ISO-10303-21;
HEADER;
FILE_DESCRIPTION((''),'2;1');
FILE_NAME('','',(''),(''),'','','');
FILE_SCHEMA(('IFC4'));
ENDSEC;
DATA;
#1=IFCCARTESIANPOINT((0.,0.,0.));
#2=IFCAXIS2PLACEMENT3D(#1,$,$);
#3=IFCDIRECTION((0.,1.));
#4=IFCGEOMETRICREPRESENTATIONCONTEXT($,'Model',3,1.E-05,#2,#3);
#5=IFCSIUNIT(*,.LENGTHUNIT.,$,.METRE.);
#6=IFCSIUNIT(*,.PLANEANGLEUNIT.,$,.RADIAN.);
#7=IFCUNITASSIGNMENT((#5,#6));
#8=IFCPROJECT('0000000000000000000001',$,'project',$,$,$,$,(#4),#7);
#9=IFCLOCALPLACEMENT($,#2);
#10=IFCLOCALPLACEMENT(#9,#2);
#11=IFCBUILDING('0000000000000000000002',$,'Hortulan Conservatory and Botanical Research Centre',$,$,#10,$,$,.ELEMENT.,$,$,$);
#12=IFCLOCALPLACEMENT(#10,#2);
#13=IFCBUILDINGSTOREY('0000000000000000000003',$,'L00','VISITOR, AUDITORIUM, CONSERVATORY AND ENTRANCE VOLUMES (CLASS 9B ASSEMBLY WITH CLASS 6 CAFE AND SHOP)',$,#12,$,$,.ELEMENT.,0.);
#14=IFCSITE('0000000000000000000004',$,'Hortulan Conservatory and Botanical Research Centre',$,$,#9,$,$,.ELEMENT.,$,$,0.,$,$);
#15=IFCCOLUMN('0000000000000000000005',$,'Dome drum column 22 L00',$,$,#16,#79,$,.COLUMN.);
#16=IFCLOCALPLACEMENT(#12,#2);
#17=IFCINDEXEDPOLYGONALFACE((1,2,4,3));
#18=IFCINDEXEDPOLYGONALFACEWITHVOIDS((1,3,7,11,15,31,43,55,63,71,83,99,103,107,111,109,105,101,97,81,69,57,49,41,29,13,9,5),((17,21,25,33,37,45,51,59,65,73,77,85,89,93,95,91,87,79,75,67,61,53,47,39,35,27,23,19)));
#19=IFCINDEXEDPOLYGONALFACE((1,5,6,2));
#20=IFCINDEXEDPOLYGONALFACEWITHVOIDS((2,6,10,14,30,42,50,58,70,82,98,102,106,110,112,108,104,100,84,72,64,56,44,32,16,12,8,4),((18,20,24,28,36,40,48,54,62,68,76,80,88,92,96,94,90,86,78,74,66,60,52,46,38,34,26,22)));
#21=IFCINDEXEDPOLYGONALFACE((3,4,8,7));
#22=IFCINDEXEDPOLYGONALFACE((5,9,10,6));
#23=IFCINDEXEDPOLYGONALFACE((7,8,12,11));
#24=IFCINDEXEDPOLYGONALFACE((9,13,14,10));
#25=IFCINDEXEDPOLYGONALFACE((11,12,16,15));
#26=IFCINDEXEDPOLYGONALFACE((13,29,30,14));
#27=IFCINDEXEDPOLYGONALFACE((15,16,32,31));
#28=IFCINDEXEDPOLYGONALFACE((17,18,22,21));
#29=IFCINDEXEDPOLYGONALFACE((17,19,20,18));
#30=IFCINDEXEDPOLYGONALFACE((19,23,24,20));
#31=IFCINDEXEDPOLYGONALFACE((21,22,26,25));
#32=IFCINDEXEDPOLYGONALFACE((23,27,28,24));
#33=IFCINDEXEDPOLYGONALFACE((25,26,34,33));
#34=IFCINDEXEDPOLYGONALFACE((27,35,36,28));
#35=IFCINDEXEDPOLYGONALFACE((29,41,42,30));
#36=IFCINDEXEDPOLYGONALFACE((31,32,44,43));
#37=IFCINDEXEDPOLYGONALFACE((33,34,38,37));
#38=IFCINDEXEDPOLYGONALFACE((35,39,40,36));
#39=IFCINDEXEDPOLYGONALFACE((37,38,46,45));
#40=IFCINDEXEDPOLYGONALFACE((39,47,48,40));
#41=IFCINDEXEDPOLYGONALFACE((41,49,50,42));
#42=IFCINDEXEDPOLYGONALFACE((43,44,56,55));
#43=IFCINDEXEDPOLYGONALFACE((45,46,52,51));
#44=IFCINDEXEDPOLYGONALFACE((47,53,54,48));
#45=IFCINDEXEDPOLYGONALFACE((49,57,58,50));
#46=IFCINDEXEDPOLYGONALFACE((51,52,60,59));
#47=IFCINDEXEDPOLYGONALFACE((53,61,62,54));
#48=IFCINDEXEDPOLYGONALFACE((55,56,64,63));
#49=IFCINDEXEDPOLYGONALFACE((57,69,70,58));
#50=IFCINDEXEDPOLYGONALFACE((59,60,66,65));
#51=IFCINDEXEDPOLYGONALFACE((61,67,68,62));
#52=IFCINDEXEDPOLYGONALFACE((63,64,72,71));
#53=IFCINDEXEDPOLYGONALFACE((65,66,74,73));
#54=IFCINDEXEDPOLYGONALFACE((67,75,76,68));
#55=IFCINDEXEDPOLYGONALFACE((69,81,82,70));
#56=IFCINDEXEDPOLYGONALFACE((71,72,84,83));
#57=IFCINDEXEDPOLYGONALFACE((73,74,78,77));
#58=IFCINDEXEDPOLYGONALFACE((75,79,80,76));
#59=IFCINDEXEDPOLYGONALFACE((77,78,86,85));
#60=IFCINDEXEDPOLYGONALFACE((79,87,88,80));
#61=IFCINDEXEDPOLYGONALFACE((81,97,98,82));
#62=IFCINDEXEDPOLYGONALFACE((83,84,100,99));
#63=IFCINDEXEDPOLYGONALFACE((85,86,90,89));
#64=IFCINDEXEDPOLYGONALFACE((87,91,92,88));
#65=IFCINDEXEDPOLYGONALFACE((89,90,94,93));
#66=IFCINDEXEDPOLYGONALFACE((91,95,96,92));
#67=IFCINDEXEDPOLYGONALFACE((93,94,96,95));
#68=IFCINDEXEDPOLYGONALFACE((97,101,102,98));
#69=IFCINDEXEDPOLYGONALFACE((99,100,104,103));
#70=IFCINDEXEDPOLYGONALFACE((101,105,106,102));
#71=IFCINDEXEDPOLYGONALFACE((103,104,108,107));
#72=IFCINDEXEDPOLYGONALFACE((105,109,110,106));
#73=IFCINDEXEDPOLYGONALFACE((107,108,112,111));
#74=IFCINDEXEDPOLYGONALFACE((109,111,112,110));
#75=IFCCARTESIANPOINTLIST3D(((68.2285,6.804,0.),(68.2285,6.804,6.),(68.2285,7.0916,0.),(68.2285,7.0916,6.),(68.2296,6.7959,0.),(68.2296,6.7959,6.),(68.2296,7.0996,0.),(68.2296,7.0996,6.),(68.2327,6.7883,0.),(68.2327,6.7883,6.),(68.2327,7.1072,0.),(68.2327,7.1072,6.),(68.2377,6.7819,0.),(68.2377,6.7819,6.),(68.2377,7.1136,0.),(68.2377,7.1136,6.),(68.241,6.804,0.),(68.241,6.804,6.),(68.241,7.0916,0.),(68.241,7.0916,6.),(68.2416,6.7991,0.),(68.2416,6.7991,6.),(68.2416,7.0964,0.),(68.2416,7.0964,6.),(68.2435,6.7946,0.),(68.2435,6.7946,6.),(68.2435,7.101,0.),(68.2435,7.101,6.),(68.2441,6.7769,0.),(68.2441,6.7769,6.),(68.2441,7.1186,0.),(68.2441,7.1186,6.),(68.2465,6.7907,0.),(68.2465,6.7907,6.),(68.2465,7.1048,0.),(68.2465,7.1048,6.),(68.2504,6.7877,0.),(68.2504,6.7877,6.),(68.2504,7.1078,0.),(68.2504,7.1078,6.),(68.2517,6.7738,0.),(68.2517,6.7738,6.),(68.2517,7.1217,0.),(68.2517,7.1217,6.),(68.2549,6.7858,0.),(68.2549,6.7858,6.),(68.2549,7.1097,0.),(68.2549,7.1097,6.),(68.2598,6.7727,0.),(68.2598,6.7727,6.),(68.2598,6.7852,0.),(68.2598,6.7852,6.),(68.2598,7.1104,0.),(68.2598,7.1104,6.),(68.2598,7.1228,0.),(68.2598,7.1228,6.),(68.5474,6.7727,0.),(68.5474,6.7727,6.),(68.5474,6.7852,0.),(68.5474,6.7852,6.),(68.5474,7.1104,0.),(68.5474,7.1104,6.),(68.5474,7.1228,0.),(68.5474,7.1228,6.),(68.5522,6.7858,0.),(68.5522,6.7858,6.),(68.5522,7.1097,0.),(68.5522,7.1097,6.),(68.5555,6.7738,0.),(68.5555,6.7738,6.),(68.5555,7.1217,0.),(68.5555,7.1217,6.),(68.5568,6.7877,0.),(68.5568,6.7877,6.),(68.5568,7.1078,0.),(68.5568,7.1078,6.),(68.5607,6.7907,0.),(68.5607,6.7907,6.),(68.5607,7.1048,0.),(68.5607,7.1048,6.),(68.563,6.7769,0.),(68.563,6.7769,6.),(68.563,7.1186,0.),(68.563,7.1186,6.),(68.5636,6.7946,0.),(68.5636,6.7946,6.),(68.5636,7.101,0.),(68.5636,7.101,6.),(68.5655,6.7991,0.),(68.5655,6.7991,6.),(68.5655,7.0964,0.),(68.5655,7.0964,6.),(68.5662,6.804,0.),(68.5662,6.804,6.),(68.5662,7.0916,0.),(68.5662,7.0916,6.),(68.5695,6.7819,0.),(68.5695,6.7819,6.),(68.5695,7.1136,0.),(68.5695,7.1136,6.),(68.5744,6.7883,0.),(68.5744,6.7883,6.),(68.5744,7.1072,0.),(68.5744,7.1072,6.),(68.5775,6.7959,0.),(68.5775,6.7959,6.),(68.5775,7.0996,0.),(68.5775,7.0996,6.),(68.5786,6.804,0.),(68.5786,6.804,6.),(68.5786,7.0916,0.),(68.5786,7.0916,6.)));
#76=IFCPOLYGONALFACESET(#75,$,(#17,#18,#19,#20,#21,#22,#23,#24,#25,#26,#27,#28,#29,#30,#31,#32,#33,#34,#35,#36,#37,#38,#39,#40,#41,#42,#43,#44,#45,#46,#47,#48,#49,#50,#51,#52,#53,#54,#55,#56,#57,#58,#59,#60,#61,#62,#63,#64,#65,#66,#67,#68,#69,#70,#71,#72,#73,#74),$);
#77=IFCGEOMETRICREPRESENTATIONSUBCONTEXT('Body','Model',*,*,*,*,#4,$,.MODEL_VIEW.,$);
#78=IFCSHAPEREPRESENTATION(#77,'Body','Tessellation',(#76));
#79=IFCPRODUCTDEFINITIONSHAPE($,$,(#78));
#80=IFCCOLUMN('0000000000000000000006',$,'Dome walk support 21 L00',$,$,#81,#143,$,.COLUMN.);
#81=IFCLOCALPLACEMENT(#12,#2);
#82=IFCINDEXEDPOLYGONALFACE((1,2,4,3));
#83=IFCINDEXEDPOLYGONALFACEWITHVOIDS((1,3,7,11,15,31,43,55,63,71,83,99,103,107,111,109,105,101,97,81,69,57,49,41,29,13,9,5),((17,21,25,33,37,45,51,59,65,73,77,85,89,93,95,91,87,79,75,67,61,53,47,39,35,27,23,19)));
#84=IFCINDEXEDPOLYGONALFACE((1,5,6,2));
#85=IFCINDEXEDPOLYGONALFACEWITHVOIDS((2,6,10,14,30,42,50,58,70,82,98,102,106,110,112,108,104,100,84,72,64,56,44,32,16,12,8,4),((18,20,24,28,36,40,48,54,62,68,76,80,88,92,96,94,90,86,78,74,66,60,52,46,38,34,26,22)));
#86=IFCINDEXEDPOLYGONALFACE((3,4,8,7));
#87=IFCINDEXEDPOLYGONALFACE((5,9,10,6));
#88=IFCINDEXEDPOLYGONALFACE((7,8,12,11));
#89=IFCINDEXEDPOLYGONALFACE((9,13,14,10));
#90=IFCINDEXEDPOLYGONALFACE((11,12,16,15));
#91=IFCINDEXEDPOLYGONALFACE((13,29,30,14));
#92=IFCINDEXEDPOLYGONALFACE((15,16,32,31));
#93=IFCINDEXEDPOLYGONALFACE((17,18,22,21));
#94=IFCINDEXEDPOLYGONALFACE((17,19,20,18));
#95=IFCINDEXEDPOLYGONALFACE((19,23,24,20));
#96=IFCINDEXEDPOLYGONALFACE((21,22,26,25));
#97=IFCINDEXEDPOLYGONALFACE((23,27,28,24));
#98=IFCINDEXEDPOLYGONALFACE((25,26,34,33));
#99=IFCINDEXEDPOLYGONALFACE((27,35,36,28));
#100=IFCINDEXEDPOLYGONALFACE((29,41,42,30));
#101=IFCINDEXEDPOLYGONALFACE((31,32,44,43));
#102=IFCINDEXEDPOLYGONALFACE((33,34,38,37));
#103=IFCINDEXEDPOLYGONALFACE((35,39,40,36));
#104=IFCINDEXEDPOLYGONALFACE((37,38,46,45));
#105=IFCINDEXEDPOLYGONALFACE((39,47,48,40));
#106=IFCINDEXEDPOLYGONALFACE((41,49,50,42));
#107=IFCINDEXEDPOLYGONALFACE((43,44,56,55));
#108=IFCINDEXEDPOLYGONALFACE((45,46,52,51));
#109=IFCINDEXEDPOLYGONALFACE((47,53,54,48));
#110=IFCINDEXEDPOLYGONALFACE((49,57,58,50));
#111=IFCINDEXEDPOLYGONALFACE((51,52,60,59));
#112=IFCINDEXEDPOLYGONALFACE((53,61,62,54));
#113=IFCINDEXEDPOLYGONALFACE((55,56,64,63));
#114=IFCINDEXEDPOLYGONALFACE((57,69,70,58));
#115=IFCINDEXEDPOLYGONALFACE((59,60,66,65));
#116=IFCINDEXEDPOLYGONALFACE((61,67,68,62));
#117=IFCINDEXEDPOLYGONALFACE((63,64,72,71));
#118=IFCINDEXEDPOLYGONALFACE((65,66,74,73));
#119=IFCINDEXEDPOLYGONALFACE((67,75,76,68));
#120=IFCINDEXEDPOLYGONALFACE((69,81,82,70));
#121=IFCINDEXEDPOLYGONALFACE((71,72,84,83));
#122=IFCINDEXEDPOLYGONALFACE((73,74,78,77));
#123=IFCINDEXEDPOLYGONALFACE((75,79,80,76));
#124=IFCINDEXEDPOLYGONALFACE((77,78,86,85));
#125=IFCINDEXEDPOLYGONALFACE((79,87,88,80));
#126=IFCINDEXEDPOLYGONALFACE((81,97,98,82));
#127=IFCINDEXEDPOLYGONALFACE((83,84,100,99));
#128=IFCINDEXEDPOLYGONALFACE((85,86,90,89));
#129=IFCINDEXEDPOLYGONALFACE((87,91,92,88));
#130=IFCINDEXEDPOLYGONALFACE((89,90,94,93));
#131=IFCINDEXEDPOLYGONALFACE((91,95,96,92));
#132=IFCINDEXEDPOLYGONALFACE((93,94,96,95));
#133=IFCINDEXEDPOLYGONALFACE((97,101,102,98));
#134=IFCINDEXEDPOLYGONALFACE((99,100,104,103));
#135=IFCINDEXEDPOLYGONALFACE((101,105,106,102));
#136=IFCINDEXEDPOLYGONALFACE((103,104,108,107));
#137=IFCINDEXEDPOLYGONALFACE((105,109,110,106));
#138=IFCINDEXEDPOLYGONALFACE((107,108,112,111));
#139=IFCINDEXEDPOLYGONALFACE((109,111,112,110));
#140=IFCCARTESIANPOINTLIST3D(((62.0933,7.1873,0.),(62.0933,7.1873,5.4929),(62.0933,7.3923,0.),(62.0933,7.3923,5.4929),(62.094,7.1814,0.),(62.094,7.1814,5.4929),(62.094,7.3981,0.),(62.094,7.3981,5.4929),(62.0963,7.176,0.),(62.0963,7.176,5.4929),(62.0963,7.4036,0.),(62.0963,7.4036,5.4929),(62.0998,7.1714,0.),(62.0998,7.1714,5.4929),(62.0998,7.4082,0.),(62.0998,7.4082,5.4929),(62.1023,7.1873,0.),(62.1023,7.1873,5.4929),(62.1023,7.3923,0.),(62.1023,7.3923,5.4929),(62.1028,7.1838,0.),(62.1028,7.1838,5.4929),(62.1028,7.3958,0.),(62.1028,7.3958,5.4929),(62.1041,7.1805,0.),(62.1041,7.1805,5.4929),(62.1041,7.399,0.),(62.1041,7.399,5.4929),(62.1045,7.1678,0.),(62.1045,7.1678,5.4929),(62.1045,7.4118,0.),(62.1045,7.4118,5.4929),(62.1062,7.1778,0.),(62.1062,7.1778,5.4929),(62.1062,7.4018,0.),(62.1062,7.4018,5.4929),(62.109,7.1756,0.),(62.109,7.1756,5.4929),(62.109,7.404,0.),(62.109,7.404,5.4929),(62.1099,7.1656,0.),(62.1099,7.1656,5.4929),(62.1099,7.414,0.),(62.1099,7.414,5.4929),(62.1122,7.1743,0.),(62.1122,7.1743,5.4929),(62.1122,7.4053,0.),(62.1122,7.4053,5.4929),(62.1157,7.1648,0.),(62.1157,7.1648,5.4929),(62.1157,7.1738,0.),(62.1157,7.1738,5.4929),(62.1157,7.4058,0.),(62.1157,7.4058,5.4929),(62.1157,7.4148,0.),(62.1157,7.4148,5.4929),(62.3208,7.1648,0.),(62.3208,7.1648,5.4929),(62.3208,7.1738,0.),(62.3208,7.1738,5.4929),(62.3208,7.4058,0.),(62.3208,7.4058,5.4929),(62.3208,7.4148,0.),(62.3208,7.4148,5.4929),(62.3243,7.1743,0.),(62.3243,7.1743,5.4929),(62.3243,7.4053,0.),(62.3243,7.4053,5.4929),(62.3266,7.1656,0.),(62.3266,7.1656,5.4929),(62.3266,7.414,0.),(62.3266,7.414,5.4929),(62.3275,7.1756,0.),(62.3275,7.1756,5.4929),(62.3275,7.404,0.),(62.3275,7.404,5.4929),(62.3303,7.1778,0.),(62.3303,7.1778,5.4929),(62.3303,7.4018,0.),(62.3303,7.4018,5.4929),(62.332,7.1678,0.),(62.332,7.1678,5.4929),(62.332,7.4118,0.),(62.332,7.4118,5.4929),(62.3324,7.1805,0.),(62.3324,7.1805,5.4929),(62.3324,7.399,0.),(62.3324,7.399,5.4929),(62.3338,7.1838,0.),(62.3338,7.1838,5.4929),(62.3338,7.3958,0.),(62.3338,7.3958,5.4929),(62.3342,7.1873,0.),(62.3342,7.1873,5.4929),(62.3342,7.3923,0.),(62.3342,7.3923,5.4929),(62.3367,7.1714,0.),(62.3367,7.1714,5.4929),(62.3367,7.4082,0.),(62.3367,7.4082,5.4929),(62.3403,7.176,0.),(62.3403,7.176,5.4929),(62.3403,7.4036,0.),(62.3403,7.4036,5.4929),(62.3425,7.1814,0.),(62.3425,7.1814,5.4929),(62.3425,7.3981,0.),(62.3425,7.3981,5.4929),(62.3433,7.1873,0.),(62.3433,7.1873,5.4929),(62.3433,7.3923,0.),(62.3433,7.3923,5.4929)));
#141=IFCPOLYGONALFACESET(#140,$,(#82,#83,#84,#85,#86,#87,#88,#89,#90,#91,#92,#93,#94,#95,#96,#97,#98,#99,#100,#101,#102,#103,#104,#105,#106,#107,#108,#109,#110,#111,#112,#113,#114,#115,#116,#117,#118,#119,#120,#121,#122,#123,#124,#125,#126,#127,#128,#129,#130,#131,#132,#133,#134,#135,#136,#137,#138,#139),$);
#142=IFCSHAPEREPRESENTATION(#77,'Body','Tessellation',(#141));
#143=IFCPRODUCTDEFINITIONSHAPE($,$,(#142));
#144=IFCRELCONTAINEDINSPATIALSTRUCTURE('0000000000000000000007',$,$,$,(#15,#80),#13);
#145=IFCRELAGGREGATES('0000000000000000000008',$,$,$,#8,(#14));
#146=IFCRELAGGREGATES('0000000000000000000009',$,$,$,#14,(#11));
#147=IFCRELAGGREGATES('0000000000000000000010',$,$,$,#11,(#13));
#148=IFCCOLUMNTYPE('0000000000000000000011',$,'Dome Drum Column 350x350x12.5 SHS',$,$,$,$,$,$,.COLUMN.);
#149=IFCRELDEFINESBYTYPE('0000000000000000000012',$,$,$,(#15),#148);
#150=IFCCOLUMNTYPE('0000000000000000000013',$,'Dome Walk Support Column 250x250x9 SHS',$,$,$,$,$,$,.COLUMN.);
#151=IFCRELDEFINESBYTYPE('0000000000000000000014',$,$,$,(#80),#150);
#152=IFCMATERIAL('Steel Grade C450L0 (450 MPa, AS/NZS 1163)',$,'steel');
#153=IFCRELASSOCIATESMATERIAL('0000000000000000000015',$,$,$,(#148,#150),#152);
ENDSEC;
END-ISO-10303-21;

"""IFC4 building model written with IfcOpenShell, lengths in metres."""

from ifc_helpers import new_model, si_unit, direction, frame, origin, origin_2d, place, context, subcontext, project, spatial, hollow_rectangle, extrude, material, material_profile, profile_set, type_object, element, save


model = new_model("IFC4")

# Units and contexts
model_context = context("Model", 3, precision=1e-05, world=origin(), true_north=direction((0.0, 1.0)))
body_context = subcontext(model_context, "Body", "Model", "MODEL_VIEW")
ifc_project = project(units=[si_unit("LENGTHUNIT", "METRE"), si_unit("PLANEANGLEUNIT", "RADIAN")], contexts=[model_context])

# Site, building, storey
site_placement = place(None, origin())
site = spatial("IfcSite", under=ifc_project, at=site_placement, Name="Hortulan Conservatory and Botanical Research Centre", CompositionType="ELEMENT", RefElevation=0.0)
building_placement = place(site_placement, origin())
building = spatial("IfcBuilding", under=site, at=building_placement, Name="Hortulan Conservatory and Botanical Research Centre", CompositionType="ELEMENT")
storey_placement = place(building_placement, origin())
storey = spatial("IfcBuildingStorey", under=building, at=storey_placement, Name="L00", Description="VISITOR, AUDITORIUM, CONSERVATORY AND ENTRANCE VOLUMES (CLASS 9B ASSEMBLY WITH CLASS 6 CAFE AND SHOP)", CompositionType="ELEMENT", Elevation=0.0)

# Columns
ifc_material_1 = material(Name="Steel Grade C450L0 (450 MPa, AS/NZS 1163)", Category="steel")
ifc_material_profile_1 = material_profile(ifc_material_1, hollow_rectangle(XDim=0.3501, YDim=0.3501, WallThickness=0.0125, InnerFilletRadius=0.0188, OuterFilletRadius=0.0312, at=origin_2d()), Name="350x350x12.5SHS")
ifc_profile_set_1 = profile_set([ifc_material_profile_1], Name="Steel Grade C450L0 (450 MPa, AS/NZS 1163)")
column_type_1 = type_object("IfcColumnType", Name="Dome Drum Column 350x350x12.5 SHS", PredefinedType="COLUMN", material=ifc_profile_set_1)
column_placement = place(storey_placement, frame((68.4036, 6.9478, 0.0), z_axis=(0.0, 0.0, 1.0), x_axis=(1.0, 0.0, 0.0)))
element("IfcColumn", 1, at=column_placement, inside=storey, type_object=column_type_1, Name="Dome drum column 22 L00", PredefinedType="COLUMN", context=body_context, shape_type="SweptSolid", body=[
    extrude(hollow_rectangle(XDim=0.3501, YDim=0.3501, WallThickness=0.0125, InnerFilletRadius=0.0188, OuterFilletRadius=0.0312, at=origin_2d()), origin(), (0.0, 0.0, 1.0), 6.0),
])
ifc_material_profile_2 = material_profile(ifc_material_1, hollow_rectangle(XDim=0.25, YDim=0.25, WallThickness=0.009, InnerFilletRadius=0.0134, OuterFilletRadius=0.0225, at=origin_2d()), Name="250x250x9SHS")
ifc_profile_set_2 = profile_set([ifc_material_profile_2], Name="Steel Grade C450L0 (450 MPa, AS/NZS 1163)")
column_type_2 = type_object("IfcColumnType", Name="Dome Walk Support Column 250x250x9 SHS", PredefinedType="COLUMN", material=ifc_profile_set_2)
for number, where, z_axis, x_axis, name in (
    (2, (62.2183, 7.2898, 0.0), (0.0, 0.0, 1.0), (1.0, 0.0, 0.0), "Dome walk support 21 L00"),
):
    element("IfcColumn", number, at=place(storey_placement, frame(where, z_axis=z_axis, x_axis=x_axis)), inside=storey, type_object=column_type_2, Name=name, PredefinedType="COLUMN", context=body_context, shape_type="SweptSolid", body=[
        extrude(hollow_rectangle(XDim=0.25, YDim=0.25, WallThickness=0.009, InnerFilletRadius=0.0134, OuterFilletRadius=0.0225, at=origin_2d()), origin(), (0.0, 0.0, 1.0), 5.4929),
    ])

save(model, "model.ifc")
